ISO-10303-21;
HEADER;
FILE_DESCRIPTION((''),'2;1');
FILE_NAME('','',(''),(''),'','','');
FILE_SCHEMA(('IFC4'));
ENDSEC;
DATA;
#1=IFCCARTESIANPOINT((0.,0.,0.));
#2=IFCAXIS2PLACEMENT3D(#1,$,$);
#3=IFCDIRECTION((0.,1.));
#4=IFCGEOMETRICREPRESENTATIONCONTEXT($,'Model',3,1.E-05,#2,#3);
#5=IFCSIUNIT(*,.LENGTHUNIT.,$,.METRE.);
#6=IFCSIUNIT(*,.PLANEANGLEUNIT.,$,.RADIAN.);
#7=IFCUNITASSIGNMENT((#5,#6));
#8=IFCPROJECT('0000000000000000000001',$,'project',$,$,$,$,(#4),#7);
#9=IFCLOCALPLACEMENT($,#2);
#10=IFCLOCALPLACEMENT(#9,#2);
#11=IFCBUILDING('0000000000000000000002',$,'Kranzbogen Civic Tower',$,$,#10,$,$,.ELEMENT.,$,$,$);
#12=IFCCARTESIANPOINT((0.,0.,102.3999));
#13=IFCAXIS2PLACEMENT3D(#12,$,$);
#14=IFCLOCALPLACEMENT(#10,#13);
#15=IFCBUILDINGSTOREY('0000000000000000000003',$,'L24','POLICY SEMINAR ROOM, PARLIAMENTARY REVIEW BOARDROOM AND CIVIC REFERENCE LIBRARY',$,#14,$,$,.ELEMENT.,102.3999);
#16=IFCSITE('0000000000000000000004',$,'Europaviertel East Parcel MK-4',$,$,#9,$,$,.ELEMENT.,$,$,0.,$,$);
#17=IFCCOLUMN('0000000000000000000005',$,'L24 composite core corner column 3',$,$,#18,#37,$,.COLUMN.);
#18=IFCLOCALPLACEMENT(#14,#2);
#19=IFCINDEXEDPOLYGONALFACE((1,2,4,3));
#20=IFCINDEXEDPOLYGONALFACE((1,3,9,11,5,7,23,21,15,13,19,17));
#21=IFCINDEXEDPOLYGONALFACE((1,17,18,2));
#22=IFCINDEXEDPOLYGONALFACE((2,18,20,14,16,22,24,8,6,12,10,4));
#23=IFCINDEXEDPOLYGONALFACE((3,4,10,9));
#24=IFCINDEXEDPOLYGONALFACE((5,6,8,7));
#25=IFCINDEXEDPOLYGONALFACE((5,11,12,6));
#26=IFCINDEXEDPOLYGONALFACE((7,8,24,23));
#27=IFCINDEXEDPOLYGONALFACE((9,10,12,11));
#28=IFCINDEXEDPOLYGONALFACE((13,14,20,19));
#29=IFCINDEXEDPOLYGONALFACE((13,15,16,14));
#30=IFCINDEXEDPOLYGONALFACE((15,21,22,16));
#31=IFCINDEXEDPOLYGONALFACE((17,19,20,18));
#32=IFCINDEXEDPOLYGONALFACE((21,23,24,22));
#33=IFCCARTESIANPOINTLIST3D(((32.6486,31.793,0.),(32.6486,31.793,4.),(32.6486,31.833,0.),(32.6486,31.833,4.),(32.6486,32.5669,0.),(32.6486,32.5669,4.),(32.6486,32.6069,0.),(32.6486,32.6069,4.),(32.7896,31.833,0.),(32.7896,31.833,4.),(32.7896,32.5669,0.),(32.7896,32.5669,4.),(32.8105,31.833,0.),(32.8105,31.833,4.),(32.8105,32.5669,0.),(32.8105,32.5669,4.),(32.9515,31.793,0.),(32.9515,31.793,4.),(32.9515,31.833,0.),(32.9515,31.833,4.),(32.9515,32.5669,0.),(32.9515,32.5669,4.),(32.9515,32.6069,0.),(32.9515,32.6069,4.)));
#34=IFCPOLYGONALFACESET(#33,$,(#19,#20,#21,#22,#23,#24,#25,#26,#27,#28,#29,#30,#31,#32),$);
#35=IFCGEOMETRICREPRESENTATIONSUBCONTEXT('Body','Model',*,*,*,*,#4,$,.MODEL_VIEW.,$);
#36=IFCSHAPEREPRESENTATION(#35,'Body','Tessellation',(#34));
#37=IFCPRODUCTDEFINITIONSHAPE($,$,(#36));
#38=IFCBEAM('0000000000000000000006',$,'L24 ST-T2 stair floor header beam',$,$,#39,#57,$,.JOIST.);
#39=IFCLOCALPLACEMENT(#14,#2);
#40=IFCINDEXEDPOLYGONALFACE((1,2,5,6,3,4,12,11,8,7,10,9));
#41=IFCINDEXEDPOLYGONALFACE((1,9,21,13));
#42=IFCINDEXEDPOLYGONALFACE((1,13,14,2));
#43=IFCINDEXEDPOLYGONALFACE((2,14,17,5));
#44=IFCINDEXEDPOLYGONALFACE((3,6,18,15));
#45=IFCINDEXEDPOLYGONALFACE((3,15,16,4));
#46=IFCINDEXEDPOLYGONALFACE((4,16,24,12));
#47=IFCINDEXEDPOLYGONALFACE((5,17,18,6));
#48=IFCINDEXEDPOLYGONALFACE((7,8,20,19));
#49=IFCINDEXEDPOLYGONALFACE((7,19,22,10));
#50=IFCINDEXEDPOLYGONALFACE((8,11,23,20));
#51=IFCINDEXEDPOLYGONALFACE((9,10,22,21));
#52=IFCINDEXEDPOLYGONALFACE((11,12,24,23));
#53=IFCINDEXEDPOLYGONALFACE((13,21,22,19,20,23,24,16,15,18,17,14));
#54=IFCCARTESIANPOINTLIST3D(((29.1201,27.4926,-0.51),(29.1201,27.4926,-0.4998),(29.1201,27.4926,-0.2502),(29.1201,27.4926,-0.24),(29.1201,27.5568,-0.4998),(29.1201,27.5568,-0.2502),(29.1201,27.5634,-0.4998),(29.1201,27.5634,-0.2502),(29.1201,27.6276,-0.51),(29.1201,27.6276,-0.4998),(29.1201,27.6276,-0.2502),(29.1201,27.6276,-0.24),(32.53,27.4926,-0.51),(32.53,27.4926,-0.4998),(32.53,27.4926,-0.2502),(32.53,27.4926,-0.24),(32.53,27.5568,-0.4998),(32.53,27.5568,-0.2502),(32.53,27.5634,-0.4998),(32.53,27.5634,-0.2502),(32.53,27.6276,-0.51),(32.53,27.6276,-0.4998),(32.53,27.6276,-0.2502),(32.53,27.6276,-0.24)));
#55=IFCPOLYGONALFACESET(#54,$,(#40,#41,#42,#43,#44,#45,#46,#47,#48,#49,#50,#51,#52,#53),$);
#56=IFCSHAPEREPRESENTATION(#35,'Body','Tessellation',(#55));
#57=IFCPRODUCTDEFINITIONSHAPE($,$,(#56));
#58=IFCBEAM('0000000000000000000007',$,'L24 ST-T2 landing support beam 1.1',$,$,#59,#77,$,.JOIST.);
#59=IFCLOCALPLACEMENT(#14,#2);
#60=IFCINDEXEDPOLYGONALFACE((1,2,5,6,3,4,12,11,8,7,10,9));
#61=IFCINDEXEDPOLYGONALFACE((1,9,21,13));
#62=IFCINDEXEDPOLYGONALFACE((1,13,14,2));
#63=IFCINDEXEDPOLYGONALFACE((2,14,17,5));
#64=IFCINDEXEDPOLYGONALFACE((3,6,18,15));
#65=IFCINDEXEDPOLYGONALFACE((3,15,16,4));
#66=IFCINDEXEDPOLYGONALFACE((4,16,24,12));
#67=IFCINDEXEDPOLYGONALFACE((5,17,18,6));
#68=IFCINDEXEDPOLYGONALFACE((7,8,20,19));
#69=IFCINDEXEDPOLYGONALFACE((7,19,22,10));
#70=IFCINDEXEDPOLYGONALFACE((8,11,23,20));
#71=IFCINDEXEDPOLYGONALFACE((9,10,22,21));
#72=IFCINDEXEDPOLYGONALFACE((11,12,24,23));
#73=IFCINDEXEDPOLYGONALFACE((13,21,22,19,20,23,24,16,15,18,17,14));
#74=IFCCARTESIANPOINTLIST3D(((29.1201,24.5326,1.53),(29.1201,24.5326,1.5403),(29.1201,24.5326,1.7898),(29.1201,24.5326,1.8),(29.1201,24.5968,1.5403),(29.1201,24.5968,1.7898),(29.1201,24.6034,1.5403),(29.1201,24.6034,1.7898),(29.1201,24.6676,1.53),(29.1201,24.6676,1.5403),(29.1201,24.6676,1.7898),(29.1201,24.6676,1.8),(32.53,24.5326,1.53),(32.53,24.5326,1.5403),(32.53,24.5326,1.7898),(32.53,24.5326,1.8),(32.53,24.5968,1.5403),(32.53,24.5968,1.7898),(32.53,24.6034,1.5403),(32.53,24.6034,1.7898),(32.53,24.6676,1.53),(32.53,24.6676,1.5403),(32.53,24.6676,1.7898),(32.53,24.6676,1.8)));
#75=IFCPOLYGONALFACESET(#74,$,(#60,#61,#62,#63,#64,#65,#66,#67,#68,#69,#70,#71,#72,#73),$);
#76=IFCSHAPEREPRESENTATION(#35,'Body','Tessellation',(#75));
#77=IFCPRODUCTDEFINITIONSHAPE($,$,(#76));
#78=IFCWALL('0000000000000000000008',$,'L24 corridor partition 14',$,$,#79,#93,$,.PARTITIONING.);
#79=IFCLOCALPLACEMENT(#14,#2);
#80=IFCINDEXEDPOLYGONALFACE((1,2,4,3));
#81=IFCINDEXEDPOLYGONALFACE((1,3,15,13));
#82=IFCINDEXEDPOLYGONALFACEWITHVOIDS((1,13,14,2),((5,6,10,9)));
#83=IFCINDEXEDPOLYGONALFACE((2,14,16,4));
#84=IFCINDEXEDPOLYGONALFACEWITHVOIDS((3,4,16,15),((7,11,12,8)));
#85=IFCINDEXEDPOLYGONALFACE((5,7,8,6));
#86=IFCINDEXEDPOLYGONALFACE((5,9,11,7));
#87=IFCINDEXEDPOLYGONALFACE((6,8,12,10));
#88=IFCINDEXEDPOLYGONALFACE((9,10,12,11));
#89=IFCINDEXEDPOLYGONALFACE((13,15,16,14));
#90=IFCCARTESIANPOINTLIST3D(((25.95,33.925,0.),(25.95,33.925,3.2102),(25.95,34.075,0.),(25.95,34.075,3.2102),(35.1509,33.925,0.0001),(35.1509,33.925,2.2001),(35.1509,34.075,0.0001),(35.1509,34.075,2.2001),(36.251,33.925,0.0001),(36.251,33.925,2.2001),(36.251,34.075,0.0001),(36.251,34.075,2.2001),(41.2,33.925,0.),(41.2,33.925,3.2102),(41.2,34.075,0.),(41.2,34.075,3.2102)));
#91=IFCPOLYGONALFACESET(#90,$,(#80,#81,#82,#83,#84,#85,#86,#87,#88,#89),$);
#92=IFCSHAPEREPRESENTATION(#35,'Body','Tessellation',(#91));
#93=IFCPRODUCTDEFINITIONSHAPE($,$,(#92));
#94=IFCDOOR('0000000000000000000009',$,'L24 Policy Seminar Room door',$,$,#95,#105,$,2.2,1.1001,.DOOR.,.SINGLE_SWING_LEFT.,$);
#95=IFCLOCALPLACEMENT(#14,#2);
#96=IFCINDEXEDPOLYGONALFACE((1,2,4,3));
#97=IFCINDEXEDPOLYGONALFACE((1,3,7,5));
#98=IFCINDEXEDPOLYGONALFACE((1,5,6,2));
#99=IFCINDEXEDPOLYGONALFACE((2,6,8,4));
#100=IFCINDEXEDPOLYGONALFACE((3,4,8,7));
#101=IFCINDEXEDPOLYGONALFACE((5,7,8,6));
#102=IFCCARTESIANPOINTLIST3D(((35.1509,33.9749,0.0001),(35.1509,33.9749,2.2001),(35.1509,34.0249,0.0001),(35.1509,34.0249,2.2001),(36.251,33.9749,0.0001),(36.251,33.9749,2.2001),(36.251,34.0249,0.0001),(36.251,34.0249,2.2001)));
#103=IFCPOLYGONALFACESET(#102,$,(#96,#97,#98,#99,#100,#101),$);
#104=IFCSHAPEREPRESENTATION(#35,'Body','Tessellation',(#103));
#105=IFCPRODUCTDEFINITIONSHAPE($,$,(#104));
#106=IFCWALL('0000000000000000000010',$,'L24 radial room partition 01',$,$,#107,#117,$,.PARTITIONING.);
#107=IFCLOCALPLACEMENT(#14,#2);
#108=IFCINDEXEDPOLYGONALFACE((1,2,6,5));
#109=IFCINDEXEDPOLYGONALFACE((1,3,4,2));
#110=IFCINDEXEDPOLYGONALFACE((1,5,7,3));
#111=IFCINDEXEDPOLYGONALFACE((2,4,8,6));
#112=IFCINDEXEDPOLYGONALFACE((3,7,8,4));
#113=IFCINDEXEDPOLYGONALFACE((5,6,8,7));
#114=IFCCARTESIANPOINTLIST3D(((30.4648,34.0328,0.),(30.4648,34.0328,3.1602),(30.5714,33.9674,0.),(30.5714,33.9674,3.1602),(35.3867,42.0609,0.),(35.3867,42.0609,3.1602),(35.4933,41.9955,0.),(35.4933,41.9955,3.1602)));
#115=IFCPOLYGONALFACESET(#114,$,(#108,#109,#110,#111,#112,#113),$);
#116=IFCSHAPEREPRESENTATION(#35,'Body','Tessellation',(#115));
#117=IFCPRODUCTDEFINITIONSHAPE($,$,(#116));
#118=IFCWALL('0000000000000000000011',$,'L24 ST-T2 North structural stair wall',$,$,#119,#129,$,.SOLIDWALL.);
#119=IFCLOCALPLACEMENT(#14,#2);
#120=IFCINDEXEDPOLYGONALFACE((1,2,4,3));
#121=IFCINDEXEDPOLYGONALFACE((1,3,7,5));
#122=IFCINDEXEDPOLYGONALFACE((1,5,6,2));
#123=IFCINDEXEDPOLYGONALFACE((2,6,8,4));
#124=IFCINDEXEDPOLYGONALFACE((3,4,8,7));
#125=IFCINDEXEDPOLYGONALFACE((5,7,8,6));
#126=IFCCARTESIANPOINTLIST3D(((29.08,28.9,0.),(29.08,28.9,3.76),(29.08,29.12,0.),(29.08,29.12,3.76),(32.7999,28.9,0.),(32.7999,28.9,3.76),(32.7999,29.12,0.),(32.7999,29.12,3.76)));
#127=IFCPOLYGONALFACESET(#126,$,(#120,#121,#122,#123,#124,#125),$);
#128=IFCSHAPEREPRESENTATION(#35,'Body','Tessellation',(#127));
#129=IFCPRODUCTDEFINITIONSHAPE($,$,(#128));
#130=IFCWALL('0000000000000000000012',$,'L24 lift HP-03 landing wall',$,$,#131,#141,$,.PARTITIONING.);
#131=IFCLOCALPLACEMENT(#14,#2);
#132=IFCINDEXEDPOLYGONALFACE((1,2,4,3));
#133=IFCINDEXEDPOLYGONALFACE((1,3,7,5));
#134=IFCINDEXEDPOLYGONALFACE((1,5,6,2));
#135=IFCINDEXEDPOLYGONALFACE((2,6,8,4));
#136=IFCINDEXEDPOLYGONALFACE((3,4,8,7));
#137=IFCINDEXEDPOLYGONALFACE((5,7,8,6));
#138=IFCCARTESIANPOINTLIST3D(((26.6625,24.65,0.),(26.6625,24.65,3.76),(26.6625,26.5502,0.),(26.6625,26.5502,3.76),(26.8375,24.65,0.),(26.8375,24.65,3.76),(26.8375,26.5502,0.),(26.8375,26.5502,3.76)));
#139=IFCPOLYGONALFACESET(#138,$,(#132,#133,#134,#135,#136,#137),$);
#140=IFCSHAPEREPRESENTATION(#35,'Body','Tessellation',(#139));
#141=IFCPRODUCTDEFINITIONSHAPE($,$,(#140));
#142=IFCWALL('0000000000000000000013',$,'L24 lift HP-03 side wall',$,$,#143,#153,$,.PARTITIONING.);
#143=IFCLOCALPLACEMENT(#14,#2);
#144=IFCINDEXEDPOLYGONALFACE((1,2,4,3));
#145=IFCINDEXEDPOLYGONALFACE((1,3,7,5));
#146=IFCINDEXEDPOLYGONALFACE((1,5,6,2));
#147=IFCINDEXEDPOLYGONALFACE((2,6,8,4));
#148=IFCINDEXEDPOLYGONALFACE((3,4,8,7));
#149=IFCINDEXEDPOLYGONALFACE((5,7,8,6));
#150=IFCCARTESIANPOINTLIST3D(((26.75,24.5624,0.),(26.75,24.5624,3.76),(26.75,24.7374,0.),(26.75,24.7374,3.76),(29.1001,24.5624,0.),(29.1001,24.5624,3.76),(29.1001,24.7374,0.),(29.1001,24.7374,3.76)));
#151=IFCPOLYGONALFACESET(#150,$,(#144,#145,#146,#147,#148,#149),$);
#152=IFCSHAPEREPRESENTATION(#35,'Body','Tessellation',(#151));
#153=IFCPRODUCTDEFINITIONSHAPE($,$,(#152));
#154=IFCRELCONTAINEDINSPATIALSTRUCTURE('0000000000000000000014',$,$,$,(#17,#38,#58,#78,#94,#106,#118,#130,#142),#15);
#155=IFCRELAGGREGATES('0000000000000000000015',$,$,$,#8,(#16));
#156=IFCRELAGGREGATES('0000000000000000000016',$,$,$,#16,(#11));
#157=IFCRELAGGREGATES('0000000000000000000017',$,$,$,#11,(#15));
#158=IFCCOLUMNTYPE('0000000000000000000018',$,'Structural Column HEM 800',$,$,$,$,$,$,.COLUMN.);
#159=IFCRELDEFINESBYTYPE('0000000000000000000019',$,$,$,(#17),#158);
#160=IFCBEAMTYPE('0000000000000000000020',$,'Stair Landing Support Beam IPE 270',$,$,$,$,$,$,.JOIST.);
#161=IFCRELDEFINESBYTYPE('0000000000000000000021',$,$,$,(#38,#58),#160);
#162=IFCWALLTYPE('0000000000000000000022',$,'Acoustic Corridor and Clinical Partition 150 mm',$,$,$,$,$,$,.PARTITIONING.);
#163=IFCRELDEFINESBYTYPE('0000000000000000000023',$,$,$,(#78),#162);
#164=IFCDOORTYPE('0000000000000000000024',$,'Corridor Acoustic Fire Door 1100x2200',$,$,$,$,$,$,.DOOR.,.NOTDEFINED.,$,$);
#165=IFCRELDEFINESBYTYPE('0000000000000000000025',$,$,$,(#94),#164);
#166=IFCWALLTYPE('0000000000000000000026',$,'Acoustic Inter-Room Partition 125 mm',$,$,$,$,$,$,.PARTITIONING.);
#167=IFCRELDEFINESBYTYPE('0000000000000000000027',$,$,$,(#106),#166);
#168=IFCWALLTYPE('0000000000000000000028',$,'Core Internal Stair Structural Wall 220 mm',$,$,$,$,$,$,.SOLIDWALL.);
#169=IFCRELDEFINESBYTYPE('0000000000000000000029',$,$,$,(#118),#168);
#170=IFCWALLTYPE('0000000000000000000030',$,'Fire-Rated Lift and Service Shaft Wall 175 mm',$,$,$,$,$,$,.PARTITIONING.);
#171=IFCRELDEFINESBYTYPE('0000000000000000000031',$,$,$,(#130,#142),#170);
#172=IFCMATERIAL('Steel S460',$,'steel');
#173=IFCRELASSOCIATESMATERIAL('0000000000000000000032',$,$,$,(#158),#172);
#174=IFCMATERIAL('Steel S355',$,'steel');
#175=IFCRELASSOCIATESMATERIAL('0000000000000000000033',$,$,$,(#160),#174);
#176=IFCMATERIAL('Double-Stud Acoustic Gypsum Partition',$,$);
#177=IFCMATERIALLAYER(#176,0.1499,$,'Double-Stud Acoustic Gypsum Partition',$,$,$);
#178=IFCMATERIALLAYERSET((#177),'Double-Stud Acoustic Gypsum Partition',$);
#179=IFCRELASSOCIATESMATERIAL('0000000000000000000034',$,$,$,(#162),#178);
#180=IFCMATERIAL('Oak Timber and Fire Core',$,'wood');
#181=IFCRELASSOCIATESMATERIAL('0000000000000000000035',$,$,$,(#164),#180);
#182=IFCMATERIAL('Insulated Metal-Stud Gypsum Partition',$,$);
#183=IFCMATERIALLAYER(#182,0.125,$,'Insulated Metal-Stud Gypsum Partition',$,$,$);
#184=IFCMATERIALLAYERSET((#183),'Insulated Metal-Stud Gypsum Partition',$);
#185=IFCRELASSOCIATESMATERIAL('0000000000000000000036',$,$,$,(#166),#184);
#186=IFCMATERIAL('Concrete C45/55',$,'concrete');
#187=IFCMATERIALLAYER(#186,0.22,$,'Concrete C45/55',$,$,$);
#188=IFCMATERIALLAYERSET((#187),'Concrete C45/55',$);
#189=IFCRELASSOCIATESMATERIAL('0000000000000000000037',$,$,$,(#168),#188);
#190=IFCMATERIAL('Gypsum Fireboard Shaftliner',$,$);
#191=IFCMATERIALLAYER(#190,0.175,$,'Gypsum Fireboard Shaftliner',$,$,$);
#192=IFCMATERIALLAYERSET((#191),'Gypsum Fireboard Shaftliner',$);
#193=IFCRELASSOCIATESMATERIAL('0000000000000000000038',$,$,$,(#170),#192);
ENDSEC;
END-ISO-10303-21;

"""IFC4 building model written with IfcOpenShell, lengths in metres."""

from ifc_helpers import new_model, si_unit, direction, frame, frame_2d, origin, origin_2d, place, context, subcontext, project, spatial, rectangle, i_section, extrude, material, layer, layer_set, material_profile, profile_set, type_object, element, fill, save


model = new_model("IFC4")

# Units and contexts
model_context = context("Model", 3, precision=1e-05, world=origin(), true_north=direction((0.0, 1.0)))
body_context = subcontext(model_context, "Body", "Model", "MODEL_VIEW")
ifc_project = project(units=[si_unit("LENGTHUNIT", "METRE"), si_unit("PLANEANGLEUNIT", "RADIAN")], contexts=[model_context])

# Site, building, storey
site_placement = place(None, origin())
site = spatial("IfcSite", under=ifc_project, at=site_placement, Name="Europaviertel East Parcel MK-4", CompositionType="ELEMENT", RefElevation=0.0)
building_placement = place(site_placement, origin())
building = spatial("IfcBuilding", under=site, at=building_placement, Name="Kranzbogen Civic Tower", CompositionType="ELEMENT")
storey_placement = place(building_placement, frame((0.0, 0.0, 102.3999)))
storey = spatial("IfcBuildingStorey", under=building, at=storey_placement, Name="L24", Description="POLICY SEMINAR ROOM, PARLIAMENTARY REVIEW BOARDROOM AND CIVIC REFERENCE LIBRARY", CompositionType="ELEMENT", Elevation=102.3999)

# Column
ifc_material_1 = material(Name="Steel S460", Category="steel")
ifc_material_profile_1 = material_profile(ifc_material_1, i_section(OverallWidth=0.303, OverallDepth=0.814, WebThickness=0.021, FlangeThickness=0.04, at=origin_2d()), Name="HEM 800")
ifc_profile_set_1 = profile_set([ifc_material_profile_1], Name="Steel S460")
column_type = type_object("IfcColumnType", Name="Structural Column HEM 800", PredefinedType="COLUMN", material=ifc_profile_set_1)
column_placement = place(storey_placement, frame((32.8, 32.2, 0.0), z_axis=(0.0, 0.0, 1.0), x_axis=(1.0, 0.0, 0.0)))
element("IfcColumn", 1, at=column_placement, inside=storey, type_object=column_type, Name="L24 composite core corner column 3", PredefinedType="COLUMN", context=body_context, shape_type="SweptSolid", body=[
    extrude(i_section(OverallWidth=0.303, OverallDepth=0.814, WebThickness=0.021, FlangeThickness=0.04, at=origin_2d()), origin(), (0.0, 0.0, 1.0), 4.0),
])

# Beams
ifc_material_2 = material(Name="Steel S355", Category="steel")
ifc_material_profile_2 = material_profile(ifc_material_2, i_section(OverallWidth=0.135, OverallDepth=0.27, WebThickness=0.0066, FlangeThickness=0.0103, at=origin_2d()), Name="IPE 270")
ifc_profile_set_2 = profile_set([ifc_material_profile_2], Name="Steel S355")
beam_type = type_object("IfcBeamType", Name="Stair Landing Support Beam IPE 270", PredefinedType="JOIST", material=ifc_profile_set_2)
for number, where, z_axis, x_axis, name in (
    (2, (29.1201, 27.5601, -0.375), (1.0, 0.0, 0.0), (0.0, 1.0, 0.0), "L24 ST-T2 stair floor header beam"),
    (3, (29.1201, 24.6001, 1.665), (1.0, 0.0, 0.0), (0.0, 1.0, 0.0), "L24 ST-T2 landing support beam 1.1"),
):
    element("IfcBeam", number, at=place(storey_placement, frame(where, z_axis=z_axis, x_axis=x_axis)), inside=storey, type_object=beam_type, Name=name, PredefinedType="JOIST", context=body_context, shape_type="SweptSolid", body=[
        extrude(i_section(OverallWidth=0.135, OverallDepth=0.27, WebThickness=0.0066, FlangeThickness=0.0103, at=origin_2d()), origin(), (0.0, 0.0, 1.0), 3.4099),
    ])

# Wall, opening, door
ifc_material_3 = material(Name="Double-Stud Acoustic Gypsum Partition")
ifc_layer_1 = layer(ifc_material_3, 0.1499, Name="Double-Stud Acoustic Gypsum Partition")
ifc_layer_set_1 = layer_set([ifc_layer_1], Name="Double-Stud Acoustic Gypsum Partition")
wall_type_1 = type_object("IfcWallType", Name="Acoustic Corridor and Clinical Partition 150 mm", PredefinedType="PARTITIONING", material=ifc_layer_set_1)
wall_1_placement = place(storey_placement, frame((25.95, 34.0, 0.0), z_axis=(0.0, 0.0, 1.0), x_axis=(1.0, 0.0, 0.0)))
wall_1 = element("IfcWall", 4, at=wall_1_placement, inside=storey, type_object=wall_type_1, Name="L24 corridor partition 14", PredefinedType="PARTITIONING", context=body_context, shape_type="SweptSolid", body=[
    extrude(rectangle(XDim=15.25, YDim=0.1499, at=frame_2d((7.625, 0.0))), origin(), (0.0, 0.0, 1.0), 3.2102),
])
opening_1_placement = place(wall_1_placement, frame((9.2009, 0.0, 0.0)))
opening_1 = element("IfcOpeningElement", 5, at=opening_1_placement, cuts=wall_1, PredefinedType="OPENING", context=body_context, shape_type="SweptSolid", body=[
    extrude(rectangle(XDim=1.1001, YDim=2.2, at=frame_2d((0.55, 1.1001))), frame((0.0, 0.085, 0.0), z_axis=(0.0, -1.0, 0.0), x_axis=(1.0, 0.0, 0.0)), (0.0, 0.0, 1.0), 0.1699),
])
ifc_material_4 = material(Name="Oak Timber and Fire Core", Category="wood")
door_type_1 = type_object("IfcDoorType", Name="Corridor Acoustic Fire Door 1100x2200", OperationType="NOTDEFINED", PredefinedType="DOOR", material=ifc_material_4)
door_1_placement = place(opening_1_placement, origin())
door_1 = element("IfcDoor", 6, at=door_1_placement, inside=storey, type_object=door_type_1, Name="L24 Policy Seminar Room door", OperationType="SINGLE_SWING_LEFT", OverallHeight=2.2, OverallWidth=1.1001, PredefinedType="DOOR", context=body_context, shape_type="SweptSolid", body=[
    extrude(rectangle(XDim=1.1001, YDim=2.2, at=frame_2d((0.55, 1.1001))), frame((0.0, 0.0249, 0.0), z_axis=(0.0, -1.0, 0.0), x_axis=(1.0, 0.0, 0.0)), (0.0, 0.0, 1.0), 0.05),
])
fill(opening_1, door_1)

# Walls
ifc_material_5 = material(Name="Insulated Metal-Stud Gypsum Partition")
ifc_layer_2 = layer(ifc_material_5, 0.125, Name="Insulated Metal-Stud Gypsum Partition")
ifc_layer_set_2 = layer_set([ifc_layer_2], Name="Insulated Metal-Stud Gypsum Partition")
wall_type_2 = type_object("IfcWallType", Name="Acoustic Inter-Room Partition 125 mm", PredefinedType="PARTITIONING", material=ifc_layer_set_2)
wall_2_placement = place(storey_placement, frame((30.5181, 34.0, 0.0), z_axis=(0.0, 0.0, 1.0), x_axis=(0.522673, 0.852533, 0.0)))
element("IfcWall", 7, at=wall_2_placement, inside=storey, type_object=wall_type_2, Name="L24 radial room partition 01", PredefinedType="PARTITIONING", context=body_context, shape_type="SweptSolid", body=[
    extrude(rectangle(XDim=9.4167, YDim=0.125, at=frame_2d((4.7085, 0.0))), origin(), (0.0, 0.0, 1.0), 3.1602),
])
ifc_material_6 = material(Name="Concrete C45/55", Category="concrete")
ifc_layer_3 = layer(ifc_material_6, 0.22, Name="Concrete C45/55")
ifc_layer_set_3 = layer_set([ifc_layer_3], Name="Concrete C45/55")
wall_type_3 = type_object("IfcWallType", Name="Core Internal Stair Structural Wall 220 mm", PredefinedType="SOLIDWALL", material=ifc_layer_set_3)
wall_3_placement = place(storey_placement, frame((29.0801, 29.01, 0.0), z_axis=(0.0, 0.0, 1.0), x_axis=(1.0, 0.0, 0.0)))
element("IfcWall", 8, at=wall_3_placement, inside=storey, type_object=wall_type_3, Name="L24 ST-T2 North structural stair wall", PredefinedType="SOLIDWALL", context=body_context, shape_type="SweptSolid", body=[
    extrude(rectangle(XDim=3.72, YDim=0.22, at=frame_2d((1.8599, 0.0))), origin(), (0.0, 0.0, 1.0), 3.76),
])
ifc_material_7 = material(Name="Gypsum Fireboard Shaftliner")
ifc_layer_4 = layer(ifc_material_7, 0.175, Name="Gypsum Fireboard Shaftliner")
ifc_layer_set_4 = layer_set([ifc_layer_4], Name="Gypsum Fireboard Shaftliner")
wall_type_4 = type_object("IfcWallType", Name="Fire-Rated Lift and Service Shaft Wall 175 mm", PredefinedType="PARTITIONING", material=ifc_layer_set_4)
wall_4_placement = place(storey_placement, frame((26.75, 24.6499, 0.0), z_axis=(0.0, 0.0, 1.0), x_axis=(0.0, 1.0, 0.0)))
element("IfcWall", 9, at=wall_4_placement, inside=storey, type_object=wall_type_4, Name="L24 lift HP-03 landing wall", PredefinedType="PARTITIONING", context=body_context, shape_type="SweptSolid", body=[
    extrude(rectangle(XDim=1.9001, YDim=0.175, at=frame_2d((0.9502, 0.0))), origin(), (0.0, 0.0, 1.0), 3.76),
])
wall_5_placement = place(storey_placement, frame((26.75, 24.6499, 0.0), z_axis=(0.0, 0.0, 1.0), x_axis=(1.0, 0.0, 0.0)))
element("IfcWall", 10, at=wall_5_placement, inside=storey, type_object=wall_type_4, Name="L24 lift HP-03 side wall", PredefinedType="PARTITIONING", context=body_context, shape_type="SweptSolid", body=[
    extrude(rectangle(XDim=2.3501, YDim=0.175, at=frame_2d((1.175, 0.0))), origin(), (0.0, 0.0, 1.0), 3.76),
])

save(model, "model.ifc")
